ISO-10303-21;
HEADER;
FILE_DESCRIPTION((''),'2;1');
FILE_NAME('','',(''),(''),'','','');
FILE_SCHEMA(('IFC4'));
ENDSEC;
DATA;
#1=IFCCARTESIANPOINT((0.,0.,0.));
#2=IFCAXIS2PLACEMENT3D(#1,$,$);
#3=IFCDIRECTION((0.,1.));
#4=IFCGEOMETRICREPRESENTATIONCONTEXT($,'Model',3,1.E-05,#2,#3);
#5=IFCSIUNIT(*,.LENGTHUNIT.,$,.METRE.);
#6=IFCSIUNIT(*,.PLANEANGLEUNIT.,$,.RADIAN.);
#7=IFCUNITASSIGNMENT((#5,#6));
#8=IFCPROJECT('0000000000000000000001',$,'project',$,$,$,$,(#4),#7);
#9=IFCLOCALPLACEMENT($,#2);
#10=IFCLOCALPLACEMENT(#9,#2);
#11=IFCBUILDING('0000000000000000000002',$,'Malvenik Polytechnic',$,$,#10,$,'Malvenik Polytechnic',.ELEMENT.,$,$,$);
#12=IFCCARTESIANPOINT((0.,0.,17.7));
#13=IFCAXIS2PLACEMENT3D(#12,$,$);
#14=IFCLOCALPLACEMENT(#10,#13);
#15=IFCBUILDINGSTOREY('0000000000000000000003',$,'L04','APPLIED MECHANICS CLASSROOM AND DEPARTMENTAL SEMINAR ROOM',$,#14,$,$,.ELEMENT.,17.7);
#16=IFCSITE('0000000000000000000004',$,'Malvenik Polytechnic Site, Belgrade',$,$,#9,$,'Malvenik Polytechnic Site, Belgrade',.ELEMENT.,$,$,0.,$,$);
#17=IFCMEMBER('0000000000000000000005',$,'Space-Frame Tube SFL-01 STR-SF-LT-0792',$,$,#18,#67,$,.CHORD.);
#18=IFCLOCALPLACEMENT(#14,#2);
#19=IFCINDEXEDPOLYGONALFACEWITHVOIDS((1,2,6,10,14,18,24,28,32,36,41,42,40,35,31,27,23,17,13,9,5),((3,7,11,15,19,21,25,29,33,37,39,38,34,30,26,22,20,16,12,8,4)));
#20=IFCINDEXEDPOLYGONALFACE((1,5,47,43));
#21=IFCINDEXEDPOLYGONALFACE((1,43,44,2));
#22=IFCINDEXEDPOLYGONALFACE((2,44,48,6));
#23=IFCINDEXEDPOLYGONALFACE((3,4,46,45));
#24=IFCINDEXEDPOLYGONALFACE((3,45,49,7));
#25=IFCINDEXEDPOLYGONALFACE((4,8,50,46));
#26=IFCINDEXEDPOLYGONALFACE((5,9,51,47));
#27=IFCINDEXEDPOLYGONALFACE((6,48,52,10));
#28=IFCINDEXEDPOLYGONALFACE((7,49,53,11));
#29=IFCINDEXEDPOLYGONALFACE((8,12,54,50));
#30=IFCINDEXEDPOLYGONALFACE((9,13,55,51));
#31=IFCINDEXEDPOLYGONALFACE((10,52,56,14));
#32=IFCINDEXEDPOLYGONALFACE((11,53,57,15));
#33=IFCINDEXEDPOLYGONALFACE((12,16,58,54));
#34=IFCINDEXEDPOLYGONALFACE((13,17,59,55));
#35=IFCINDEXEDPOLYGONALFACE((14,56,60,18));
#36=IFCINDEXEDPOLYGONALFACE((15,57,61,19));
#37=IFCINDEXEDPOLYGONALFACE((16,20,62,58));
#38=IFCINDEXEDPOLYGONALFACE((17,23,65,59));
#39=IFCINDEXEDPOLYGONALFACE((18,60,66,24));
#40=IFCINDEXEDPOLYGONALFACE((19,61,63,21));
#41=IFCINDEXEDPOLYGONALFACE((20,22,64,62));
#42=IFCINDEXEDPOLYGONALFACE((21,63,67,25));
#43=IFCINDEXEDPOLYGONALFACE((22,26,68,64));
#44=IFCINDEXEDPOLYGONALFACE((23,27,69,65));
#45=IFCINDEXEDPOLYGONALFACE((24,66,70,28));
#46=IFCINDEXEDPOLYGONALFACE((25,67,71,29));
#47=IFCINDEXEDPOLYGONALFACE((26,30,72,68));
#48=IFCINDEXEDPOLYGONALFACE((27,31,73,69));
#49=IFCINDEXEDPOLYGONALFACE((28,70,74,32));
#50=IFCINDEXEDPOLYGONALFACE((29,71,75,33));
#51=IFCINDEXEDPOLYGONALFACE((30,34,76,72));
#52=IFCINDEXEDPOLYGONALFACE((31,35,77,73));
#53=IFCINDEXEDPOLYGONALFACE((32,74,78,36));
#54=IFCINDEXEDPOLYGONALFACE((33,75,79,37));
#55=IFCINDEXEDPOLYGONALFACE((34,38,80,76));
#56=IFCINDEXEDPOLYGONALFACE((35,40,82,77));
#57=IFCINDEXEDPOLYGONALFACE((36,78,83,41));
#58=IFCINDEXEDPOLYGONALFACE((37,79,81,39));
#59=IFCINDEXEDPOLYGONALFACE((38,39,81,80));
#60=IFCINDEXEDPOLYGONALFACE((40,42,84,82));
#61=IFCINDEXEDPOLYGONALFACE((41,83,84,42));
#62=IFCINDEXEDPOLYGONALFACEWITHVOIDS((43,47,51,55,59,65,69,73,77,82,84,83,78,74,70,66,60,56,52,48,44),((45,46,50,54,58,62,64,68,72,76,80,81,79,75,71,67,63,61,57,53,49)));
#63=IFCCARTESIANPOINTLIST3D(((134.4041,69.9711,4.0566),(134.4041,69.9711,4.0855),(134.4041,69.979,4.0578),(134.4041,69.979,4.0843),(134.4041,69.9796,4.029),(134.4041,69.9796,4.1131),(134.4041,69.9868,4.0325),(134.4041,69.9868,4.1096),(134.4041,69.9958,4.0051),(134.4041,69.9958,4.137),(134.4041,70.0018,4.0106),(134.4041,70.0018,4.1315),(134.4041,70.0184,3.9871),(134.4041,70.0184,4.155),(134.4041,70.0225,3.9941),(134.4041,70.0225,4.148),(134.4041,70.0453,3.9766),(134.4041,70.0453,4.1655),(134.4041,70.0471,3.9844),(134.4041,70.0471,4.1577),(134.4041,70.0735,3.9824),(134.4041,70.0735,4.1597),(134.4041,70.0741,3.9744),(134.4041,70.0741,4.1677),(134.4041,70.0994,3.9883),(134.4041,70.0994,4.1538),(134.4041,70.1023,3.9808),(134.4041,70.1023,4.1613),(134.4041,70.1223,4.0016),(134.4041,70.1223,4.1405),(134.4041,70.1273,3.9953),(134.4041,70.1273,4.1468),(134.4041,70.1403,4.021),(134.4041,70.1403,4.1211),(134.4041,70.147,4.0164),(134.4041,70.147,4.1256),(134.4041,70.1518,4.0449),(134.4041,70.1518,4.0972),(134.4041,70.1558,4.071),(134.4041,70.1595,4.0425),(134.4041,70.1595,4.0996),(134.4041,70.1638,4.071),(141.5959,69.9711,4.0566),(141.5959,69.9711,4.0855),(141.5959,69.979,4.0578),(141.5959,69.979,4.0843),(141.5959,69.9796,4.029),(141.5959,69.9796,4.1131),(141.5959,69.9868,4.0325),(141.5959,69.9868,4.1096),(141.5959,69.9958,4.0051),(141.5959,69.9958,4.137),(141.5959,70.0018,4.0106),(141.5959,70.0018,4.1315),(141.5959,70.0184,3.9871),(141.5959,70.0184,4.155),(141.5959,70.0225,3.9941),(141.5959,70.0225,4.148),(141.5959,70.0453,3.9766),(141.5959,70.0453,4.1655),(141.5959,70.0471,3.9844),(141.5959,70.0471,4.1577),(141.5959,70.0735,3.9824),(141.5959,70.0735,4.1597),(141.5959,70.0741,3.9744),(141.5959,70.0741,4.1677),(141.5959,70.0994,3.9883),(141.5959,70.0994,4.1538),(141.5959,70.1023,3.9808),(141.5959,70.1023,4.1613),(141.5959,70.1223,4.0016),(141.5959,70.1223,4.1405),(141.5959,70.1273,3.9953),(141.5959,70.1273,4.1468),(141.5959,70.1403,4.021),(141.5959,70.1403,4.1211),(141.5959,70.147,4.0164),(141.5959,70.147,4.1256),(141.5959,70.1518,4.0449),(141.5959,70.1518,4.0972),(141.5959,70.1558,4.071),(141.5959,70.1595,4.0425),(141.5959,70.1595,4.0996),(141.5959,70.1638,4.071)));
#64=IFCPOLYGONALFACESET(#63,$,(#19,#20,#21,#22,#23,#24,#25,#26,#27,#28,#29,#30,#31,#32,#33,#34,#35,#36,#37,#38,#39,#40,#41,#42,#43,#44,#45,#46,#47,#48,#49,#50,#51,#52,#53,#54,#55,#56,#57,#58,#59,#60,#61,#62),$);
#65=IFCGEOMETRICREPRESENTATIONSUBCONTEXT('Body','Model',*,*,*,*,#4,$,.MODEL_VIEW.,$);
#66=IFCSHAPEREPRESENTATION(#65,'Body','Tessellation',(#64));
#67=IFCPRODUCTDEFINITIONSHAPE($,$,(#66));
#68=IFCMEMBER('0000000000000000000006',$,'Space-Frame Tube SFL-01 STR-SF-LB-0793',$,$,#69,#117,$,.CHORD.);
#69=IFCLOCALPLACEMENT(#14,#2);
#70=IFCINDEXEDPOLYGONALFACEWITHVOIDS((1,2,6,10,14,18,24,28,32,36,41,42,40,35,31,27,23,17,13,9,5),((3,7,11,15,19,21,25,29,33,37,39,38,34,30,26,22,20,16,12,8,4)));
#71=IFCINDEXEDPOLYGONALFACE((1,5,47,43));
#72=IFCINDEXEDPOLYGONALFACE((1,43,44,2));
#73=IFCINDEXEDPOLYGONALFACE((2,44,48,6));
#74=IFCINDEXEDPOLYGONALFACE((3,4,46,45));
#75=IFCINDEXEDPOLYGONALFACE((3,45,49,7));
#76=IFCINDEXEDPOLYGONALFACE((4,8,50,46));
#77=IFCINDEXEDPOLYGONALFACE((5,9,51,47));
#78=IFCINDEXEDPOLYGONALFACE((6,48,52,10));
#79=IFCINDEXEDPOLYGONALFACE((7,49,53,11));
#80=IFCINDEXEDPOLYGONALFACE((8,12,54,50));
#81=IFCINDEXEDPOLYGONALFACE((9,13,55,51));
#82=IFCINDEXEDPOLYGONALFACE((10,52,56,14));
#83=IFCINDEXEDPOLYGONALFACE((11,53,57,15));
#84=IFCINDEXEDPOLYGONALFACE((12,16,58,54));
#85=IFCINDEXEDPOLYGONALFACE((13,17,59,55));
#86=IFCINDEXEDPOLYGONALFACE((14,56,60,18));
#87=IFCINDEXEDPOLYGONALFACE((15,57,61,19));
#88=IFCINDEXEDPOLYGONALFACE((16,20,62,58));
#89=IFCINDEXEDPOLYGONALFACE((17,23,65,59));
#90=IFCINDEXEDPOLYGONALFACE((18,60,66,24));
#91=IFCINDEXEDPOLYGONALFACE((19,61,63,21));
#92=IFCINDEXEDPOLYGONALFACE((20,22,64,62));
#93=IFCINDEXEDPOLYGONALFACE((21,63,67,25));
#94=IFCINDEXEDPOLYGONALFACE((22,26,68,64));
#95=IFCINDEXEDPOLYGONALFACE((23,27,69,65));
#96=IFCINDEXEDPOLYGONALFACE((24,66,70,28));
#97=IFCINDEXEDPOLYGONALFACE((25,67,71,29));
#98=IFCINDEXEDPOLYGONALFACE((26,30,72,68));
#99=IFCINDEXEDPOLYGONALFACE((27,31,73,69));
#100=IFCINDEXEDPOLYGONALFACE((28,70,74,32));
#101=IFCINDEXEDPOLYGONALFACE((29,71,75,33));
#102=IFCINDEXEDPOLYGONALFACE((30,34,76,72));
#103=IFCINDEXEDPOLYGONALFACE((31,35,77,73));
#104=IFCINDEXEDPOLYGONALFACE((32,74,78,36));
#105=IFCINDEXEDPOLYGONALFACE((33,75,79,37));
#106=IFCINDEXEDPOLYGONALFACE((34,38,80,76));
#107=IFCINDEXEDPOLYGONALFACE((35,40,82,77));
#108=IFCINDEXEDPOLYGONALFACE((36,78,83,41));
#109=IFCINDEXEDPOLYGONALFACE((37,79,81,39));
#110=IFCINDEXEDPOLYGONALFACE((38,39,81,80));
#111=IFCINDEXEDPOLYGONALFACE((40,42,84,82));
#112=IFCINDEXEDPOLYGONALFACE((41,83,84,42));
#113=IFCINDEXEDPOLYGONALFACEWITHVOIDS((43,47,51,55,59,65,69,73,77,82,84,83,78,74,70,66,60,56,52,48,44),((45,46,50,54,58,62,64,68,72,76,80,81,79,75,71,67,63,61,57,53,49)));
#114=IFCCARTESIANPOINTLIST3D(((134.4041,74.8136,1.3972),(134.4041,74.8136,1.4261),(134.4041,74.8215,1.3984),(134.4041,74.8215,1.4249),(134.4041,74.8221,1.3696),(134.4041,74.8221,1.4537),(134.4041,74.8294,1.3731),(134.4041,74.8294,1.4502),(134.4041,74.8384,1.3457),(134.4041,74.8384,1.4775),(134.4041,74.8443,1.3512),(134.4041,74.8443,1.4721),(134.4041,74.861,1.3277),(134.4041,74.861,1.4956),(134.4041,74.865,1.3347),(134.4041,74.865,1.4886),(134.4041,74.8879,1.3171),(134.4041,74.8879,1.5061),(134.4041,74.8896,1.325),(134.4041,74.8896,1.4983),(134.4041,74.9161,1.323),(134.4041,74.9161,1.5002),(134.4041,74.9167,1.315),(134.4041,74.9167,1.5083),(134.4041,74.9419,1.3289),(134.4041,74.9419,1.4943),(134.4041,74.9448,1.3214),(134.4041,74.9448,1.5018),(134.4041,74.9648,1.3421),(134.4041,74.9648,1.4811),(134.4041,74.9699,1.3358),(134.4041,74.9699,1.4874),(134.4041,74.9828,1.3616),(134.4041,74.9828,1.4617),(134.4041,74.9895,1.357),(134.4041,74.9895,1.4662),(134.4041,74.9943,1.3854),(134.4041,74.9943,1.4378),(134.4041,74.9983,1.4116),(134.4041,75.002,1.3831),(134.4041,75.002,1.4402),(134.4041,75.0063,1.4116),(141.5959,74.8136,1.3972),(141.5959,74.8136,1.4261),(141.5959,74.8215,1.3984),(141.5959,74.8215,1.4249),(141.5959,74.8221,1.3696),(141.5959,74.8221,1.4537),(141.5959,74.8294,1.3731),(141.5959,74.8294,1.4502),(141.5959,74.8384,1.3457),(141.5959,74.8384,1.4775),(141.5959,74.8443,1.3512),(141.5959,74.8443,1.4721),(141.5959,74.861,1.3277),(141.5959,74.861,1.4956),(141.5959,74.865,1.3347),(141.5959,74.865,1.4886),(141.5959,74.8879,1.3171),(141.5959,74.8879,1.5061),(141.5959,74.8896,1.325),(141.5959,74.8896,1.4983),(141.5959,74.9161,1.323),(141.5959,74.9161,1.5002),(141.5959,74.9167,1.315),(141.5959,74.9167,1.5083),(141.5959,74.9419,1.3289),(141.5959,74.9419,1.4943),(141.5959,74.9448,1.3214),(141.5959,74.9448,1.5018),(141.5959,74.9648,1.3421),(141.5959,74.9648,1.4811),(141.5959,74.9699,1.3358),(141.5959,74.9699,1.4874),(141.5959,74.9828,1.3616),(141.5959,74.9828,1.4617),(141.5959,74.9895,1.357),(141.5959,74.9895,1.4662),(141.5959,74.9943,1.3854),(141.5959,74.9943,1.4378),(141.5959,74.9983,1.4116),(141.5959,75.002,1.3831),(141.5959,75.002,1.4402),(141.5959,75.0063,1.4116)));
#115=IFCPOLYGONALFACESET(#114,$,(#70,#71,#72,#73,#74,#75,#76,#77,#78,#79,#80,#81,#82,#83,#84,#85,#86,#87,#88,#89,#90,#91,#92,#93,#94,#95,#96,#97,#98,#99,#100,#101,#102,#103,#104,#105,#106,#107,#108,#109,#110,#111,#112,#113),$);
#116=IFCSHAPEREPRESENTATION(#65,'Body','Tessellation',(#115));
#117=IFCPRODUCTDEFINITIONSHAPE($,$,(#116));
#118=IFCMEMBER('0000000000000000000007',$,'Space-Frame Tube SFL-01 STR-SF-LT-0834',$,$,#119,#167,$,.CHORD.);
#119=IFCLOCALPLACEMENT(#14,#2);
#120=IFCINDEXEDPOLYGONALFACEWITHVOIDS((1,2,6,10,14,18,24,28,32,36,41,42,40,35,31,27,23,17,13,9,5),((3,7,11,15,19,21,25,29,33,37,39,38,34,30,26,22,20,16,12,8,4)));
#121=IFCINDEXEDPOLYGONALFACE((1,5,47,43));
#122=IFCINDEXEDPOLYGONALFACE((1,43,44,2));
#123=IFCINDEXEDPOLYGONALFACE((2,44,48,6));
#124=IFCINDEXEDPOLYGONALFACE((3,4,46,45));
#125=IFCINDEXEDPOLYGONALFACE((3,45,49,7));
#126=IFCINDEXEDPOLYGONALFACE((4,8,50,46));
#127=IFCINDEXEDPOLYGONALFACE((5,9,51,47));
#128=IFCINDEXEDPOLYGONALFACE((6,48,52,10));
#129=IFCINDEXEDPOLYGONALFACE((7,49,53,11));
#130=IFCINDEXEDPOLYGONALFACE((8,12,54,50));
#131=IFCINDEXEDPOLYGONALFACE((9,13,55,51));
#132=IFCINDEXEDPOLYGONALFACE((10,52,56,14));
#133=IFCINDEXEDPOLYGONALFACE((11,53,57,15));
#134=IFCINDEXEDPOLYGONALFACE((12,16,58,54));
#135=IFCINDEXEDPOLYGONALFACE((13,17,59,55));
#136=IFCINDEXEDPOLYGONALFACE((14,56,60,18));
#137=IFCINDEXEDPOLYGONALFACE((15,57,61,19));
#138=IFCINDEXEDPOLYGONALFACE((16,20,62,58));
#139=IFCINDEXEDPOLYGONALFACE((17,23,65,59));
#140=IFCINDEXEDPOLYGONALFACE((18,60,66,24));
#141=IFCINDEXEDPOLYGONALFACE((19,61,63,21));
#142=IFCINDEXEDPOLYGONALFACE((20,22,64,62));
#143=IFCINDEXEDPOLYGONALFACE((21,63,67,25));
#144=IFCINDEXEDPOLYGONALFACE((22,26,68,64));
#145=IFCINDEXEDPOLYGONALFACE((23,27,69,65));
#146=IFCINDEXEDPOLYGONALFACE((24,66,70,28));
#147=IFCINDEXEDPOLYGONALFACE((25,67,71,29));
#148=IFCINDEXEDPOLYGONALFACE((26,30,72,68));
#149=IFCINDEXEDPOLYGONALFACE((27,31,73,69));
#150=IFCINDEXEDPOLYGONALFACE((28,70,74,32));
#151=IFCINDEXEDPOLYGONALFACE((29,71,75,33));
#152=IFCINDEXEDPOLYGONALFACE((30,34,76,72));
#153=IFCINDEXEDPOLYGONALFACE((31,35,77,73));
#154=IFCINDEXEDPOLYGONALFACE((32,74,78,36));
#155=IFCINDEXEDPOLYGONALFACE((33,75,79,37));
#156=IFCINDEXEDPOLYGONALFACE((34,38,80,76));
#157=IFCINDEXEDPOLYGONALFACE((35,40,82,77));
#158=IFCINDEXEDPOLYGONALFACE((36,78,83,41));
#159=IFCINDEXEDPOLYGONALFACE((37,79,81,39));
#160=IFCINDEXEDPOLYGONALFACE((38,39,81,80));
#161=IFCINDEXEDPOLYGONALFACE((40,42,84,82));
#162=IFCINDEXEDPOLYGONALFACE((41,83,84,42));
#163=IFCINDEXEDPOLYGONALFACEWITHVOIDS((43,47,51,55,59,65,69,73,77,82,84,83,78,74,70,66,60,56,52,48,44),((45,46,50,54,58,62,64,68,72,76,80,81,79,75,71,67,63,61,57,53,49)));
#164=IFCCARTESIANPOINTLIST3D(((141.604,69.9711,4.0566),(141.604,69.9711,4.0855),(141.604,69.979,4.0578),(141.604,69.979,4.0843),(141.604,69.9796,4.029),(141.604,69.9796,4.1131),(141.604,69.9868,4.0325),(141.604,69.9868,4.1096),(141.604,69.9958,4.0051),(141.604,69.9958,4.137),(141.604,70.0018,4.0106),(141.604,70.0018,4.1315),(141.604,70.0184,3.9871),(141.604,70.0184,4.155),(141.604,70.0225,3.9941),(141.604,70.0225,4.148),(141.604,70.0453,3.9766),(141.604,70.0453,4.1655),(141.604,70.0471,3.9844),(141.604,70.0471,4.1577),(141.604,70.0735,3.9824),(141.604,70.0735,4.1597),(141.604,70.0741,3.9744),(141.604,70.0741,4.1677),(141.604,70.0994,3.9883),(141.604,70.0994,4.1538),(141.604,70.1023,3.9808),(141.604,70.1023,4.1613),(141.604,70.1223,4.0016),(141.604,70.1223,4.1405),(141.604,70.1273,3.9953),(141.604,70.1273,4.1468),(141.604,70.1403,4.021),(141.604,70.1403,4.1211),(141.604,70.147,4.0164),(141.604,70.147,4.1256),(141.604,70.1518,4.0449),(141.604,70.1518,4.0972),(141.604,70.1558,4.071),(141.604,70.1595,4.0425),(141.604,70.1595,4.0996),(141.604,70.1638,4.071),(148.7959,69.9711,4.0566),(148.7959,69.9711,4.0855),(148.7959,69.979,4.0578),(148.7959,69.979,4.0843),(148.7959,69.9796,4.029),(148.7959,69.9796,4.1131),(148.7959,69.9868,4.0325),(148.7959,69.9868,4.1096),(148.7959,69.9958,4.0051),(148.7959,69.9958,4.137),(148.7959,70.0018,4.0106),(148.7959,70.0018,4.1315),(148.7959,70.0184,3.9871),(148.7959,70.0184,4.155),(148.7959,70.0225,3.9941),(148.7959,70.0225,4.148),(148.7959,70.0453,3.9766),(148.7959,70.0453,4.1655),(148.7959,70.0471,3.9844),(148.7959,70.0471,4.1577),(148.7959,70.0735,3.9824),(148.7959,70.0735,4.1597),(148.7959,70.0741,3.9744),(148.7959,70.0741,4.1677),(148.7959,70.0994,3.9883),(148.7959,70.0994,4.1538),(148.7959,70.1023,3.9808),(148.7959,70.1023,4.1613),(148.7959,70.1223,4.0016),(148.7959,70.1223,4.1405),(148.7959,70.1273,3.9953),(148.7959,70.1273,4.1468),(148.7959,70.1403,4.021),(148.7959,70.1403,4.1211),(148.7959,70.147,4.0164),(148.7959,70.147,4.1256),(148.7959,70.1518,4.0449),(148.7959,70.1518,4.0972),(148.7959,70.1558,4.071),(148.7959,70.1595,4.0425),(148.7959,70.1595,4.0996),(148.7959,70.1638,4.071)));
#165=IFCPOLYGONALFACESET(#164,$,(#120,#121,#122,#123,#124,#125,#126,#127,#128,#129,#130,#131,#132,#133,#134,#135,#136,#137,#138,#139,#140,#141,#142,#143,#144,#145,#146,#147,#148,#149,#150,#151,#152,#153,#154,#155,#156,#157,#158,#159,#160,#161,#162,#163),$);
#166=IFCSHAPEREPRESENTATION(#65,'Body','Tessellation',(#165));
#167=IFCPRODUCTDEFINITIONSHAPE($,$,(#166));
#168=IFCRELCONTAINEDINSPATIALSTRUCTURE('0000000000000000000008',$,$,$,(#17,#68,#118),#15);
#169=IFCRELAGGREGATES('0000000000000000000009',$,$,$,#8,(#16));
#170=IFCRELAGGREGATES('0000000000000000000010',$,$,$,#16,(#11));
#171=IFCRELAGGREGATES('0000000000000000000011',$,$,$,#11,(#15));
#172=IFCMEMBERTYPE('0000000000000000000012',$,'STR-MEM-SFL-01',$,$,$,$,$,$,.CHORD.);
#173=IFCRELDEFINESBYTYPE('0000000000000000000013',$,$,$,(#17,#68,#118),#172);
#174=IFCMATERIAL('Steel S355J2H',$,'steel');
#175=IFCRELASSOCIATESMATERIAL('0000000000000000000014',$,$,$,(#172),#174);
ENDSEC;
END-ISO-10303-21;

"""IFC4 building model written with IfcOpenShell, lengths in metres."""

from ifc_helpers import new_model, si_unit, direction, frame, origin, origin_2d, place, context, subcontext, project, spatial, hollow_circle, extrude, material, material_profile, profile_set, type_object, element, save


model = new_model("IFC4")

# Units and contexts
model_context = context("Model", 3, precision=1e-05, world=origin(), true_north=direction((0.0, 1.0)))
body_context = subcontext(model_context, "Body", "Model", "MODEL_VIEW")
ifc_project = project(units=[si_unit("LENGTHUNIT", "METRE"), si_unit("PLANEANGLEUNIT", "RADIAN")], contexts=[model_context])

# Site, building, storey
site_placement = place(None, origin())
site = spatial("IfcSite", under=ifc_project, at=site_placement, Name="Malvenik Polytechnic Site, Belgrade", LongName="Malvenik Polytechnic Site, Belgrade", CompositionType="ELEMENT", RefElevation=0.0)
building_placement = place(site_placement, origin())
building = spatial("IfcBuilding", under=site, at=building_placement, Name="Malvenik Polytechnic", LongName="Malvenik Polytechnic", CompositionType="ELEMENT")
storey_placement = place(building_placement, frame((0.0, 0.0, 17.7)))
storey = spatial("IfcBuildingStorey", under=building, at=storey_placement, Name="L04", Description="APPLIED MECHANICS CLASSROOM AND DEPARTMENTAL SEMINAR ROOM", CompositionType="ELEMENT", Elevation=17.7)

# Members
ifc_material_1 = material(Name="Steel S355J2H", Category="steel")
ifc_material_profile_1 = material_profile(ifc_material_1, hollow_circle(Radius=0.0969, WallThickness=0.0081, at=origin_2d()), Name="CHS 193.7x8.0")
ifc_profile_set_1 = profile_set([ifc_material_profile_1], Name="Steel S355J2H")
member_type_1 = type_object("IfcMemberType", Name="STR-MEM-SFL-01", PredefinedType="CHORD", material=ifc_profile_set_1)
for number, where, z_axis, x_axis, name in (
    (1, (134.4041, 70.0669, 4.071), (1.0, 0.0, 0.0), (0.0, 1.0, 0.0), "Space-Frame Tube SFL-01 STR-SF-LT-0792"),
    (2, (134.4041, 74.9094, 1.4116), (1.0, 0.0, 0.0), (0.0, 1.0, 0.0), "Space-Frame Tube SFL-01 STR-SF-LB-0793"),
    (3, (141.604, 70.0669, 4.071), (1.0, 0.0, 0.0), (0.0, 1.0, 0.0), "Space-Frame Tube SFL-01 STR-SF-LT-0834"),
):
    element("IfcMember", number, at=place(storey_placement, frame(where, z_axis=z_axis, x_axis=x_axis)), inside=storey, type_object=member_type_1, Name=name, PredefinedType="CHORD", context=body_context, shape_type="SweptSolid", body=[
        extrude(hollow_circle(Radius=0.0969, WallThickness=0.0081, at=origin_2d()), origin(), (0.0, 0.0, 1.0), 7.1919),
    ])

save(model, "model.ifc")
